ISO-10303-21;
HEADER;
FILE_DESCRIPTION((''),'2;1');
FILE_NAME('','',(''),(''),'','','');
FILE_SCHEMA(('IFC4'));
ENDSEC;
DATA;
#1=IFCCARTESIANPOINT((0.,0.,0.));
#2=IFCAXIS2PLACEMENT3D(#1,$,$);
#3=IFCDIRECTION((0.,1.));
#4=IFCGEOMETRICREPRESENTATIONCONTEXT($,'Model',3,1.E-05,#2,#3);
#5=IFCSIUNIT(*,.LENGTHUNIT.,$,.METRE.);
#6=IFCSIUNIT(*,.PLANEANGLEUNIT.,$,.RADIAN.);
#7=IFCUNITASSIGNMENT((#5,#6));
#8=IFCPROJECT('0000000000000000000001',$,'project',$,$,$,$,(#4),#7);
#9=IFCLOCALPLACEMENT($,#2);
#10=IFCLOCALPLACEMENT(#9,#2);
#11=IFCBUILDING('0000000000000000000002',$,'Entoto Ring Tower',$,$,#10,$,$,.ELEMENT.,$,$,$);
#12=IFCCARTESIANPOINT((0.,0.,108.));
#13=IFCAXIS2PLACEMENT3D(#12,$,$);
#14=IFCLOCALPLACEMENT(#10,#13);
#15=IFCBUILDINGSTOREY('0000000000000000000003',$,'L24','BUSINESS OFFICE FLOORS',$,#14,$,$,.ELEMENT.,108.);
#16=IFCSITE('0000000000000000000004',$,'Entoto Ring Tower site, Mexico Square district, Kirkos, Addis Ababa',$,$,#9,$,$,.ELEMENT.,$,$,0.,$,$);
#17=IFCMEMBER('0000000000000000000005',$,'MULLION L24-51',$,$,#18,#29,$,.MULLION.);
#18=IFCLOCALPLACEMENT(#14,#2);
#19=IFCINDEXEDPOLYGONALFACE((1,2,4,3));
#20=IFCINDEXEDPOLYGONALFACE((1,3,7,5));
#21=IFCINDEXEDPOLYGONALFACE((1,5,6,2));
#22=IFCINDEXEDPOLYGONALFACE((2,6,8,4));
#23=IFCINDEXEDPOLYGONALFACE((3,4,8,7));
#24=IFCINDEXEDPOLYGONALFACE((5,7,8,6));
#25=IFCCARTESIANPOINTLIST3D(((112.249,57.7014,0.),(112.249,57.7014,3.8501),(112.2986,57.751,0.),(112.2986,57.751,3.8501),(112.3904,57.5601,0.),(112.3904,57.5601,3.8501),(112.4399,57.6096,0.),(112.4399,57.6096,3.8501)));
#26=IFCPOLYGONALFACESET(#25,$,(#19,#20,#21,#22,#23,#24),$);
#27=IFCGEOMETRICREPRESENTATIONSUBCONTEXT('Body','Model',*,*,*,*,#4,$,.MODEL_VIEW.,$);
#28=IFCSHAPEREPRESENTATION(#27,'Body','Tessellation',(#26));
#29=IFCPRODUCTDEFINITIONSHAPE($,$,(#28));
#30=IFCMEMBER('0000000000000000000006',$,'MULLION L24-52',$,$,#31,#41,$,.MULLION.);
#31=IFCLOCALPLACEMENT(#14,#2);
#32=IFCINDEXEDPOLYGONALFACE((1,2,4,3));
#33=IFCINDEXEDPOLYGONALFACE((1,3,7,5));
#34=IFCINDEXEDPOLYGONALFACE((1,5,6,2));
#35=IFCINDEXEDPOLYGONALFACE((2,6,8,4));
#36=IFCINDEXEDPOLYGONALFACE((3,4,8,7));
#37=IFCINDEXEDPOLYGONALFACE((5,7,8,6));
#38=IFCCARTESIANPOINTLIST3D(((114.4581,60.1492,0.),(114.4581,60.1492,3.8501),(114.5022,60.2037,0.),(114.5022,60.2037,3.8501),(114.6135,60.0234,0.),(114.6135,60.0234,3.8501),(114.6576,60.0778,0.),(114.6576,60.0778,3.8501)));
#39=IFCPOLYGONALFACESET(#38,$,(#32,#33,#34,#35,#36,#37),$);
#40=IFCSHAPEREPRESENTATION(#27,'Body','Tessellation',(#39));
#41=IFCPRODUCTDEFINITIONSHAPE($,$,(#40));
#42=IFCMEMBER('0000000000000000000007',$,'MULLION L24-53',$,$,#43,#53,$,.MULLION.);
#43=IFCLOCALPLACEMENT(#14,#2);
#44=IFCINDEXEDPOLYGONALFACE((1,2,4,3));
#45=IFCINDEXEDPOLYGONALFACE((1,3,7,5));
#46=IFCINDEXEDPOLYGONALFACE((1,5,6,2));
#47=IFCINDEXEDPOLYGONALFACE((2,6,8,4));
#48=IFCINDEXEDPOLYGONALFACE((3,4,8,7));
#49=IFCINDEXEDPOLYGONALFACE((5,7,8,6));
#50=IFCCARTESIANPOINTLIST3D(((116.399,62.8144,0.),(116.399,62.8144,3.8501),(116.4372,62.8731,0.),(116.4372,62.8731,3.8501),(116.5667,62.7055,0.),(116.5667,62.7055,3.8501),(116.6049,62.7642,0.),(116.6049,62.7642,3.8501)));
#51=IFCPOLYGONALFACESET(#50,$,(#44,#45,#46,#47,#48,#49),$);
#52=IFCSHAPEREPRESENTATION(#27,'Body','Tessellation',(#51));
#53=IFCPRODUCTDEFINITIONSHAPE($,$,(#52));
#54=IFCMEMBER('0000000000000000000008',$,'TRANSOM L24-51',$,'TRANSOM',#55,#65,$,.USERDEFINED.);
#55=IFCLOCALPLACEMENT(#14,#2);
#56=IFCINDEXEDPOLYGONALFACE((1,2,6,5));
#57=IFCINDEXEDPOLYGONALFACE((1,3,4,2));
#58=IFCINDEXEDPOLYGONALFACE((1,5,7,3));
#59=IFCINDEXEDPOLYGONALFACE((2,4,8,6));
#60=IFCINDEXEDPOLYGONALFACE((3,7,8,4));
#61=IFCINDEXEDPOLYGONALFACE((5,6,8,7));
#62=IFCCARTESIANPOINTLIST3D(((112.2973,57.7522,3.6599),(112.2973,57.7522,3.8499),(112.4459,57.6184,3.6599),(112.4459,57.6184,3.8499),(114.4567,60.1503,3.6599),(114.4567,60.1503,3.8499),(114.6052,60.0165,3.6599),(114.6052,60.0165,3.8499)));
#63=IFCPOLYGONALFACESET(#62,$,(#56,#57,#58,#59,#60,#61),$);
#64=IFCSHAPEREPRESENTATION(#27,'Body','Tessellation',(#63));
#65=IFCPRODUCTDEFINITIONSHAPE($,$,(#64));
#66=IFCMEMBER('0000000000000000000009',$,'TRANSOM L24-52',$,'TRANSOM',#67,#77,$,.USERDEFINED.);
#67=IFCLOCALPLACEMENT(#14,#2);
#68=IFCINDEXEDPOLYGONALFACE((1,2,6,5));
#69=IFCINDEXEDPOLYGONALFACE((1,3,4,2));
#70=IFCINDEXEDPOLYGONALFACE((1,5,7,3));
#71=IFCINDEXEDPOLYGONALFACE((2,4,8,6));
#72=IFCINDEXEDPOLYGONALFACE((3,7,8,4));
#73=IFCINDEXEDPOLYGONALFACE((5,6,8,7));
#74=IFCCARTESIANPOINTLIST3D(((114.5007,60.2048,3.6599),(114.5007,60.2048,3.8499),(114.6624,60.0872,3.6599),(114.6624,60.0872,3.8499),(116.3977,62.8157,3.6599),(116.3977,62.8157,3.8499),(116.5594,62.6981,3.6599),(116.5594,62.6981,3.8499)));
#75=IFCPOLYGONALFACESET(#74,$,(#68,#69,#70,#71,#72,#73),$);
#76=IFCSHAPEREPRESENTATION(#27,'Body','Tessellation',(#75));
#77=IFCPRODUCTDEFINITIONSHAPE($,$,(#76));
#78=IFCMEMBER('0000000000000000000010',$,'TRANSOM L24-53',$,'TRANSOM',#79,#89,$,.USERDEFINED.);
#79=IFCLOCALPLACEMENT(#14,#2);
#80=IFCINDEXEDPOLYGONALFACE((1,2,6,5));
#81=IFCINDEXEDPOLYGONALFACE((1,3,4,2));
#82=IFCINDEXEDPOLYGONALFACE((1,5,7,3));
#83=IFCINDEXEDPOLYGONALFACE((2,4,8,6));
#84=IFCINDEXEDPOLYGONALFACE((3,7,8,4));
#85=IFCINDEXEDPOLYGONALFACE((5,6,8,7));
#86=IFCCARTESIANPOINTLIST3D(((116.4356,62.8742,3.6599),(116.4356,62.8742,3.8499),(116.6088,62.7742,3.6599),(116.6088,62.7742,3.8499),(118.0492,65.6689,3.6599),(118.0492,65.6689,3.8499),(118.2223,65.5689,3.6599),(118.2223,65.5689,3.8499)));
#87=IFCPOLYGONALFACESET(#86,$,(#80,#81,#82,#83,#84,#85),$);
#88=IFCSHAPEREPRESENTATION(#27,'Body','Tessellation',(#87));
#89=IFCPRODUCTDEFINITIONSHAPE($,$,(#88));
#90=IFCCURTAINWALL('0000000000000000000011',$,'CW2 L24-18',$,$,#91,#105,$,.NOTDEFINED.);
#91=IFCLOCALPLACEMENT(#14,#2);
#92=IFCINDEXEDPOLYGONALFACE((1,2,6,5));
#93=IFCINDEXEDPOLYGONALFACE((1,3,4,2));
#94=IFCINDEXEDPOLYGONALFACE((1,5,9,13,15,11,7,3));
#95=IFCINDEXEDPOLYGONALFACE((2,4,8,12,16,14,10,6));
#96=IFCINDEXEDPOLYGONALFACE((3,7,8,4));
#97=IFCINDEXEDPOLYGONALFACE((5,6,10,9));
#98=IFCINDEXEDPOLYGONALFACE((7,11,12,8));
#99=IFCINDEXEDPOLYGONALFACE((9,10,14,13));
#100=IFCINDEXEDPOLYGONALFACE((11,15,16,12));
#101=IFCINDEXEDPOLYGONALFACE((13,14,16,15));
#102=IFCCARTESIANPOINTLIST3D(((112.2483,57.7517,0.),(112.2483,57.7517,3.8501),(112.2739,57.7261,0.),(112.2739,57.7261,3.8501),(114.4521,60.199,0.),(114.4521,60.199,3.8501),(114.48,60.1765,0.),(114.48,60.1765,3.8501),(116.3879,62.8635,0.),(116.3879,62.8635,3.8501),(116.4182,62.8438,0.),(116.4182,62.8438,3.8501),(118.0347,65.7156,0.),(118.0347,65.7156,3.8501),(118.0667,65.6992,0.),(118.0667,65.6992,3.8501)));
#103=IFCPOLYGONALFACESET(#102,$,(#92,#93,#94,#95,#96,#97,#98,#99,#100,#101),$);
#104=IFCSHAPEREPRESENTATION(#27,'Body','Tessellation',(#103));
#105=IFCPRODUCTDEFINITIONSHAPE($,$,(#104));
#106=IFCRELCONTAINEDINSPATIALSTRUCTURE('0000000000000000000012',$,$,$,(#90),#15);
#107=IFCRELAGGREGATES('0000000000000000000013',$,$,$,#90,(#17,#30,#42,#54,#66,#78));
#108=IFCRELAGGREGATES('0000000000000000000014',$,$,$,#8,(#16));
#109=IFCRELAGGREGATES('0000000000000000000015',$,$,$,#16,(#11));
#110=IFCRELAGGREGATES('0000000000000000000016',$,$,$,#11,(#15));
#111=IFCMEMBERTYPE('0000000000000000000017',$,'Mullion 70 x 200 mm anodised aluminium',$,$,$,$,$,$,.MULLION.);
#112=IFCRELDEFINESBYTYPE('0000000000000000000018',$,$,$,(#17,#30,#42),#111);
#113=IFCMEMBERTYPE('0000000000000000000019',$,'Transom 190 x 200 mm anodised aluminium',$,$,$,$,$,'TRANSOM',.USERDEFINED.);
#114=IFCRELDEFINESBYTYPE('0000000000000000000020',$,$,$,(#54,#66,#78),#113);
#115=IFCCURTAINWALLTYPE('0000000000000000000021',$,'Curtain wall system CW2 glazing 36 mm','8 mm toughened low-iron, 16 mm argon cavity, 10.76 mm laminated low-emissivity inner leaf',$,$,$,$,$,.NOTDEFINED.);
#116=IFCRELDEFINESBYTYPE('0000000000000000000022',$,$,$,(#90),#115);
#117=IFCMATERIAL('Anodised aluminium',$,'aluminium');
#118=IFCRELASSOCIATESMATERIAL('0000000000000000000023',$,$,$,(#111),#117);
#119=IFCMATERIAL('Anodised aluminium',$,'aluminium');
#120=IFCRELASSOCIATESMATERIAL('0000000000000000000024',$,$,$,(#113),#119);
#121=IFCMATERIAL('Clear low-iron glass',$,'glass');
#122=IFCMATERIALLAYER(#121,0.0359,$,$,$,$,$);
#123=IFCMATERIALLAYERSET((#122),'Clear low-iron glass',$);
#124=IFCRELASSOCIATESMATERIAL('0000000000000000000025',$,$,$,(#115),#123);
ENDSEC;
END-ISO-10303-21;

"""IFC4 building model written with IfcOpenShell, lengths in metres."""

from ifc_helpers import new_model, si_unit, direction, frame, origin, origin_2d, place, context, subcontext, project, spatial, polyline, rectangle, outline, extrude, material, layer, layer_set, material_profile, profile_set, type_object, element, aggregate, save


model = new_model("IFC4")

# Units and contexts
model_context = context("Model", 3, precision=1e-05, world=origin(), true_north=direction((0.0, 1.0)))
body_context = subcontext(model_context, "Body", "Model", "MODEL_VIEW")
ifc_project = project(units=[si_unit("LENGTHUNIT", "METRE"), si_unit("PLANEANGLEUNIT", "RADIAN")], contexts=[model_context])

# Members
ifc_material_1 = material(Name="Anodised aluminium", Category="aluminium")
ifc_material_profile_1 = material_profile(ifc_material_1, rectangle(XDim=0.0701, YDim=0.2, at=origin_2d()), Name="Mullion 70 x 200 mm anodised aluminium")
ifc_profile_set_1 = profile_set([ifc_material_profile_1], Name="Anodised aluminium")
member_type_1 = type_object("IfcMemberType", Name="Mullion 70 x 200 mm anodised aluminium", PredefinedType="MULLION", material=ifc_profile_set_1)
site_placement = place(None, origin())
building_placement = place(site_placement, origin())
storey_placement = place(building_placement, frame((0.0, 0.0, 108.0)))
member_1_placement = place(storey_placement, frame((112.3445, 57.6555, 0.0), z_axis=(0.0, 0.0, 1.0), x_axis=(0.707107, 0.707107, 0.0)))
member_1 = element("IfcMember", 1, at=member_1_placement, type_object=member_type_1, Name="MULLION L24-51", PredefinedType="MULLION", context=body_context, shape_type="SweptSolid", body=[
    extrude(rectangle(XDim=0.0701, YDim=0.2, at=origin_2d()), origin(), (0.0, 0.0, 1.0), 3.8501),
])
member_2_placement = place(storey_placement, frame((114.5579, 60.1135, 0.0), z_axis=(0.0, 0.0, 1.0), x_axis=(0.62932, 0.777146, 0.0)))
member_2 = element("IfcMember", 2, at=member_2_placement, type_object=member_type_1, Name="MULLION L24-52", PredefinedType="MULLION", context=body_context, shape_type="SweptSolid", body=[
    extrude(rectangle(XDim=0.0701, YDim=0.2, at=origin_2d()), origin(), (0.0, 0.0, 1.0), 3.8501),
])
member_3_placement = place(storey_placement, frame((116.502, 62.7893, 0.0), z_axis=(0.0, 0.0, 1.0), x_axis=(0.544639, 0.838671, 0.0)))
member_3 = element("IfcMember", 3, at=member_3_placement, type_object=member_type_1, Name="MULLION L24-53", PredefinedType="MULLION", context=body_context, shape_type="SweptSolid", body=[
    extrude(rectangle(XDim=0.0701, YDim=0.2, at=origin_2d()), origin(), (0.0, 0.0, 1.0), 3.8501),
])
ifc_material_2 = material(Name="Anodised aluminium", Category="aluminium")
ifc_material_profile_2 = material_profile(ifc_material_2, rectangle(XDim=0.2, YDim=0.1899, at=origin_2d()), Name="Transom 190 x 200 mm anodised aluminium")
ifc_profile_set_2 = profile_set([ifc_material_profile_2], Name="Anodised aluminium")
member_type_2 = type_object("IfcMemberType", Name="Transom 190 x 200 mm anodised aluminium", ElementType="TRANSOM", PredefinedType="USERDEFINED", material=ifc_profile_set_2)
member_4_placement = place(storey_placement, frame((112.3716, 57.6853, 3.7549), z_axis=(0.669144, 0.743132, 0.0), x_axis=(-0.743132, 0.669144, 0.0)))
member_4 = element("IfcMember", 4, at=member_4_placement, type_object=member_type_2, Name="TRANSOM L24-51", ObjectType="TRANSOM", PredefinedType="USERDEFINED", context=body_context, shape_type="SweptSolid", body=[
    extrude(rectangle(XDim=0.2, YDim=0.1899, at=origin_2d()), origin(), (0.0, 0.0, 1.0), 3.2271),
])
member_5_placement = place(storey_placement, frame((114.5815, 60.146, 3.7549), z_axis=(0.587803, 0.809004, 0.0), x_axis=(-0.809004, 0.587803, 0.0)))
member_5 = element("IfcMember", 5, at=member_5_placement, type_object=member_type_2, Name="TRANSOM L24-52", ObjectType="TRANSOM", PredefinedType="USERDEFINED", context=body_context, shape_type="SweptSolid", body=[
    extrude(rectangle(XDim=0.2, YDim=0.1899, at=origin_2d()), origin(), (0.0, 0.0, 1.0), 3.2273),
])
member_6_placement = place(storey_placement, frame((116.5222, 62.8242, 3.7549), z_axis=(0.500004, 0.866023, 0.0), x_axis=(-0.866023, 0.500004, 0.0)))
member_6 = element("IfcMember", 6, at=member_6_placement, type_object=member_type_2, Name="TRANSOM L24-53", ObjectType="TRANSOM", PredefinedType="USERDEFINED", context=body_context, shape_type="SweptSolid", body=[
    extrude(rectangle(XDim=0.2, YDim=0.1899, at=origin_2d()), origin(), (0.0, 0.0, 1.0), 3.2271),
])

# Site, building, storey
site = spatial("IfcSite", under=ifc_project, at=site_placement, Name="Entoto Ring Tower site, Mexico Square district, Kirkos, Addis Ababa", CompositionType="ELEMENT", RefElevation=0.0)
building = spatial("IfcBuilding", under=site, at=building_placement, Name="Entoto Ring Tower", CompositionType="ELEMENT")
storey = spatial("IfcBuildingStorey", under=building, at=storey_placement, Name="L24", Description="BUSINESS OFFICE FLOORS", CompositionType="ELEMENT", Elevation=108.0)

# Curtain wall
ifc_material_3 = material(Name="Clear low-iron glass", Category="glass")
ifc_layer_1 = layer(ifc_material_3, 0.0359)
ifc_layer_set_1 = layer_set([ifc_layer_1], Name="Clear low-iron glass")
curtain_wall_type = type_object("IfcCurtainWallType", Name="Curtain wall system CW2 glazing 36 mm", Description="8 mm toughened low-iron, 16 mm argon cavity, 10.76 mm laminated low-emissivity inner leaf", PredefinedType="NOTDEFINED", material=ifc_layer_set_1)
curtain_wall_1_placement = place(storey_placement, origin())
curtain_wall_1 = element("IfcCurtainWall", 7, at=curtain_wall_1_placement, inside=storey, type_object=curtain_wall_type, Name="CW2 L24-18", PredefinedType="NOTDEFINED", context=body_context, shape_type="SweptSolid", body=[
    extrude(outline(polyline([(112.2739, 57.7261), (114.48, 60.1765), (116.4182, 62.8438), (118.0667, 65.6992), (118.0347, 65.7156), (116.3879, 62.8635), (114.4521, 60.199), (112.2483, 57.7517), (112.2739, 57.7261)])), origin(), (0.0, 0.0, 1.0), 3.8501),
])
aggregate(curtain_wall_1, [member_1, member_2, member_3, member_4, member_5, member_6])

save(model, "model.ifc")
